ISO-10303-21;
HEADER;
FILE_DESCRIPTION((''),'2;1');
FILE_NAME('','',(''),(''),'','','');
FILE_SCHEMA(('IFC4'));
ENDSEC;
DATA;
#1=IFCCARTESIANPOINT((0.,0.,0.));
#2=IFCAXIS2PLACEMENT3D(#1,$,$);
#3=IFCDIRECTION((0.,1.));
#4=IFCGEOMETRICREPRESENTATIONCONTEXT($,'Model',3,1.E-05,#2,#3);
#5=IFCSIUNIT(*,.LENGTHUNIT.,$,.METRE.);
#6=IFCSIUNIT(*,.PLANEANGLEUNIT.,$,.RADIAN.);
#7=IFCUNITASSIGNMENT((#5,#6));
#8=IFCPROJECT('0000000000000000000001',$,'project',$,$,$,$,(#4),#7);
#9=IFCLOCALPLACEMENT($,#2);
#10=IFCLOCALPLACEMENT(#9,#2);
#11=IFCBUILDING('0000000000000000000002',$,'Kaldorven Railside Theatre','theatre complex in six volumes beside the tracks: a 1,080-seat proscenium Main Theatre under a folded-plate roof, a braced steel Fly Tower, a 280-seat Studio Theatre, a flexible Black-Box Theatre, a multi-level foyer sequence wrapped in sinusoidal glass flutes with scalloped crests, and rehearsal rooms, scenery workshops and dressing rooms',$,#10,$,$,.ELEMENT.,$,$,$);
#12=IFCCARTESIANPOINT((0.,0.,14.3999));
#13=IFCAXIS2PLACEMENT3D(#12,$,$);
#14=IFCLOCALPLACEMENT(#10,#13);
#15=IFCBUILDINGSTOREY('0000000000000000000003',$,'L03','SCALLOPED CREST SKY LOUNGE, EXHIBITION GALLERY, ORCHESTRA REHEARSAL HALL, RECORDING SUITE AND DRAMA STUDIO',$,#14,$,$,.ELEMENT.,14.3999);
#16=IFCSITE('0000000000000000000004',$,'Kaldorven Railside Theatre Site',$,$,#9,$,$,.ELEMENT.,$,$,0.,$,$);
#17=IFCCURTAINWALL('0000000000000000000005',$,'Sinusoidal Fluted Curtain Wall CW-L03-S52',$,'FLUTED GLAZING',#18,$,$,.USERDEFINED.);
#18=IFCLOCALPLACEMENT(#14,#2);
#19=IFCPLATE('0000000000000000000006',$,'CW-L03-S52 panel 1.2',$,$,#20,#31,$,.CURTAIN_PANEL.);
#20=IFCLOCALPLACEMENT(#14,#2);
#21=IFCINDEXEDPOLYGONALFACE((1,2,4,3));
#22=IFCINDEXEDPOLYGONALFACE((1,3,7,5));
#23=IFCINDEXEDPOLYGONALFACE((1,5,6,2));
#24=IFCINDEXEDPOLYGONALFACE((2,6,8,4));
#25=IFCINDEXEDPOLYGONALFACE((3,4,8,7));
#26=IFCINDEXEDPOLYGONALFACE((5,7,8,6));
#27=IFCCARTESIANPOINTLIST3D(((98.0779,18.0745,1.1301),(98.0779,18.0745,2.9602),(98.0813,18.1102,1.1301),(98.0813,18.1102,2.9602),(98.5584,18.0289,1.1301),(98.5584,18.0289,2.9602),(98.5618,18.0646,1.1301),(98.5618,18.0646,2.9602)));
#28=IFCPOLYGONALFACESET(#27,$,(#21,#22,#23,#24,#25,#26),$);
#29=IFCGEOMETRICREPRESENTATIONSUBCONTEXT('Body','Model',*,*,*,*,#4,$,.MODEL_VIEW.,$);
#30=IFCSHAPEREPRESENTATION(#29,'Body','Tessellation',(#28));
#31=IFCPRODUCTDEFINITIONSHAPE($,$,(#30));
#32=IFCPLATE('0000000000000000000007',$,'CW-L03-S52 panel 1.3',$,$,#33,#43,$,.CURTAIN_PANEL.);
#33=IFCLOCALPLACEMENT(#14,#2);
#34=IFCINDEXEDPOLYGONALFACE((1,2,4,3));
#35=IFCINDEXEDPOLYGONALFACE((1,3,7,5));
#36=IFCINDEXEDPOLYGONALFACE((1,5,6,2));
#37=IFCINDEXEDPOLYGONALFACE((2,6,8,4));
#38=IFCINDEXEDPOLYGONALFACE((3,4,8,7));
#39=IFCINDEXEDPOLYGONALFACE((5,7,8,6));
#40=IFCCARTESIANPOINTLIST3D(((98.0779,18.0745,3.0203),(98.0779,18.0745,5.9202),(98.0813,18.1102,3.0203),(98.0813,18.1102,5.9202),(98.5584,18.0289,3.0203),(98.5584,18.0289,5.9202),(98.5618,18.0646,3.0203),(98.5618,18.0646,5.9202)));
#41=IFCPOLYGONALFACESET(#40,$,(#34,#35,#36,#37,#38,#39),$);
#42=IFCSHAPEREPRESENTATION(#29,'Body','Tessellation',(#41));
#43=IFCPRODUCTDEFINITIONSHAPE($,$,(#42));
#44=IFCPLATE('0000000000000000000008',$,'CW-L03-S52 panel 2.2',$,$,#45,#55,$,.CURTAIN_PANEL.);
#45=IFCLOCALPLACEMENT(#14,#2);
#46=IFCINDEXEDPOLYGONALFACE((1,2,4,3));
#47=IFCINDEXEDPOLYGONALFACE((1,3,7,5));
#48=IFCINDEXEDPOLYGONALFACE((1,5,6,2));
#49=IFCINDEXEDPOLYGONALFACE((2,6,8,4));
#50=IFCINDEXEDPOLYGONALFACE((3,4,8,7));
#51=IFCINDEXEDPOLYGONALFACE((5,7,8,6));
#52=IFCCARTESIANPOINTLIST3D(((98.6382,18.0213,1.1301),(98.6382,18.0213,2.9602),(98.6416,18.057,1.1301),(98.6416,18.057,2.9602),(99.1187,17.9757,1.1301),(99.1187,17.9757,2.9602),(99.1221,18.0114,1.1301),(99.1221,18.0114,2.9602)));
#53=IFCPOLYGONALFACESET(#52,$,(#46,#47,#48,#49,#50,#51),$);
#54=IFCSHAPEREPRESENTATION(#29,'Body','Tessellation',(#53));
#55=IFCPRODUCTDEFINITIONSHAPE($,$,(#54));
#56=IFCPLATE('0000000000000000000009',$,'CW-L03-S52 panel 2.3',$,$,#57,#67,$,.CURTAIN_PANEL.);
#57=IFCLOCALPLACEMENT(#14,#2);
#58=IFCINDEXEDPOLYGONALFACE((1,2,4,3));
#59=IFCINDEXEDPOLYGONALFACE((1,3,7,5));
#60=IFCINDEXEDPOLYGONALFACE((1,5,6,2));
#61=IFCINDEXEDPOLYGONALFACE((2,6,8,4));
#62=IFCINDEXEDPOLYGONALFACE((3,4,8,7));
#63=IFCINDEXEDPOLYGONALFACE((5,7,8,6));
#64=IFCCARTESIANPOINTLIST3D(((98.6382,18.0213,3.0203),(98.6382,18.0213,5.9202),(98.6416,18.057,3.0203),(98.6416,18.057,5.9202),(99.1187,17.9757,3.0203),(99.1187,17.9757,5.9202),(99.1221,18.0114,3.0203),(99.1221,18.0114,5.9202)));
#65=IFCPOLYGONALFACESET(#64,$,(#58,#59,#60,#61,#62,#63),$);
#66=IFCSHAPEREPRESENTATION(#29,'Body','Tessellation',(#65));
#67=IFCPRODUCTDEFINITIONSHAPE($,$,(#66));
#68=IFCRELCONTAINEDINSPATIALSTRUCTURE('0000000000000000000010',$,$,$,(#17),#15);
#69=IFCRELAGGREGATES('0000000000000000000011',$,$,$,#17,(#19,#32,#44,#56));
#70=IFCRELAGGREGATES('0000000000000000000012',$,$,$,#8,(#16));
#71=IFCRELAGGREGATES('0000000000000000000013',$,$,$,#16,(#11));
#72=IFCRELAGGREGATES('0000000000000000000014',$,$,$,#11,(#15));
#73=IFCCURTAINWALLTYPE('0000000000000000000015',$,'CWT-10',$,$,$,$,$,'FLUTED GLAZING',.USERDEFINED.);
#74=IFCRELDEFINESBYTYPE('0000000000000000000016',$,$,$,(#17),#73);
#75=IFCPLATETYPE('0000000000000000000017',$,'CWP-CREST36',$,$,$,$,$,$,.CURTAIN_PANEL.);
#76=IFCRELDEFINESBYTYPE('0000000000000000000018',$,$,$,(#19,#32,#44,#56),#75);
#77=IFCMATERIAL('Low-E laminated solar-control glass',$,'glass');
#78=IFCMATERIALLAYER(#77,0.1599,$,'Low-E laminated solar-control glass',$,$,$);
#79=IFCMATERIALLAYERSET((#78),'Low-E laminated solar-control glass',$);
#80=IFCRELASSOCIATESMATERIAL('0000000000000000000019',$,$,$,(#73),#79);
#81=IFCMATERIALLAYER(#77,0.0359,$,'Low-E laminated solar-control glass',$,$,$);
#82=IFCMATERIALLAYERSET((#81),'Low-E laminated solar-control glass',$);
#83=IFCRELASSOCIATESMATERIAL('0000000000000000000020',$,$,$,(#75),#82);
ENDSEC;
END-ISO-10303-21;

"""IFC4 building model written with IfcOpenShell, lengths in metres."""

from ifc_helpers import new_model, si_unit, direction, frame, origin, origin_2d, place, context, subcontext, project, spatial, rectangle, extrude, material, layer, layer_set, type_object, element, aggregate, save


model = new_model("IFC4")

# Units and contexts
model_context = context("Model", 3, precision=1e-05, world=origin(), true_north=direction((0.0, 1.0)))
body_context = subcontext(model_context, "Body", "Model", "MODEL_VIEW")
ifc_project = project(units=[si_unit("LENGTHUNIT", "METRE"), si_unit("PLANEANGLEUNIT", "RADIAN")], contexts=[model_context])

# Site, building, storey
site_placement = place(None, origin())
site = spatial("IfcSite", under=ifc_project, at=site_placement, Name="Kaldorven Railside Theatre Site", CompositionType="ELEMENT", RefElevation=0.0)
building_placement = place(site_placement, origin())
building = spatial("IfcBuilding", under=site, at=building_placement, Name="Kaldorven Railside Theatre", Description="theatre complex in six volumes beside the tracks: a 1,080-seat proscenium Main Theatre under a folded-plate roof, a braced steel Fly Tower, a 280-seat Studio Theatre, a flexible Black-Box Theatre, a multi-level foyer sequence wrapped in sinusoidal glass flutes with scalloped crests, and rehearsal rooms, scenery workshops and dressing rooms", CompositionType="ELEMENT")
storey_placement = place(building_placement, frame((0.0, 0.0, 14.3999)))
storey = spatial("IfcBuildingStorey", under=building, at=storey_placement, Name="L03", Description="SCALLOPED CREST SKY LOUNGE, EXHIBITION GALLERY, ORCHESTRA REHEARSAL HALL, RECORDING SUITE AND DRAMA STUDIO", CompositionType="ELEMENT", Elevation=14.3999)

# Curtain wall
ifc_material_1 = material(Name="Low-E laminated solar-control glass", Category="glass")
ifc_layer_1 = layer(ifc_material_1, 0.1599, Name="Low-E laminated solar-control glass")
ifc_layer_set_1 = layer_set([ifc_layer_1], Name="Low-E laminated solar-control glass")
curtain_wall_type_1 = type_object("IfcCurtainWallType", Name="CWT-10", ElementType="FLUTED GLAZING", PredefinedType="USERDEFINED", material=ifc_layer_set_1)
curtain_wall_1_placement = place(storey_placement, origin())
curtain_wall_1 = element("IfcCurtainWall", 1, at=curtain_wall_1_placement, inside=storey, type_object=curtain_wall_type_1, Name="Sinusoidal Fluted Curtain Wall CW-L03-S52", ObjectType="FLUTED GLAZING", PredefinedType="USERDEFINED")

# Plates
ifc_layer_2 = layer(ifc_material_1, 0.0359, Name="Low-E laminated solar-control glass")
ifc_layer_set_2 = layer_set([ifc_layer_2], Name="Low-E laminated solar-control glass")
plate_type = type_object("IfcPlateType", Name="CWP-CREST36", PredefinedType="CURTAIN_PANEL", material=ifc_layer_set_2)
plate_1_placement = place(storey_placement, frame((98.3198, 18.0696, 1.1301), z_axis=(0.0, 0.0, 1.0), x_axis=(0.995526, -0.094492, 0.0)))
plate_1 = element("IfcPlate", 2, at=plate_1_placement, type_object=plate_type, Name="CW-L03-S52 panel 1.2", PredefinedType="CURTAIN_PANEL", context=body_context, shape_type="SweptSolid", body=[
    extrude(rectangle(XDim=0.4827, YDim=0.0359, at=origin_2d()), origin(), (0.0, 0.0, 1.0), 1.8301),
])
plate_2_placement = place(storey_placement, frame((98.3198, 18.0696, 3.0203), z_axis=(0.0, 0.0, 1.0), x_axis=(0.995526, -0.094492, 0.0)))
plate_2 = element("IfcPlate", 3, at=plate_2_placement, type_object=plate_type, Name="CW-L03-S52 panel 1.3", PredefinedType="CURTAIN_PANEL", context=body_context, shape_type="SweptSolid", body=[
    extrude(rectangle(XDim=0.4827, YDim=0.0359, at=origin_2d()), origin(), (0.0, 0.0, 1.0), 2.8999),
])
plate_3_placement = place(storey_placement, frame((98.8801, 18.0164, 1.1301), z_axis=(0.0, 0.0, 1.0), x_axis=(0.995526, -0.094492, 0.0)))
plate_3 = element("IfcPlate", 4, at=plate_3_placement, type_object=plate_type, Name="CW-L03-S52 panel 2.2", PredefinedType="CURTAIN_PANEL", context=body_context, shape_type="SweptSolid", body=[
    extrude(rectangle(XDim=0.4827, YDim=0.0359, at=origin_2d()), origin(), (0.0, 0.0, 1.0), 1.8301),
])
plate_4_placement = place(storey_placement, frame((98.8801, 18.0164, 3.0203), z_axis=(0.0, 0.0, 1.0), x_axis=(0.995526, -0.094492, 0.0)))
plate_4 = element("IfcPlate", 5, at=plate_4_placement, type_object=plate_type, Name="CW-L03-S52 panel 2.3", PredefinedType="CURTAIN_PANEL", context=body_context, shape_type="SweptSolid", body=[
    extrude(rectangle(XDim=0.4827, YDim=0.0359, at=origin_2d()), origin(), (0.0, 0.0, 1.0), 2.8999),
])
aggregate(curtain_wall_1, [plate_1, plate_2, plate_3, plate_4])

save(model, "model.ifc")
